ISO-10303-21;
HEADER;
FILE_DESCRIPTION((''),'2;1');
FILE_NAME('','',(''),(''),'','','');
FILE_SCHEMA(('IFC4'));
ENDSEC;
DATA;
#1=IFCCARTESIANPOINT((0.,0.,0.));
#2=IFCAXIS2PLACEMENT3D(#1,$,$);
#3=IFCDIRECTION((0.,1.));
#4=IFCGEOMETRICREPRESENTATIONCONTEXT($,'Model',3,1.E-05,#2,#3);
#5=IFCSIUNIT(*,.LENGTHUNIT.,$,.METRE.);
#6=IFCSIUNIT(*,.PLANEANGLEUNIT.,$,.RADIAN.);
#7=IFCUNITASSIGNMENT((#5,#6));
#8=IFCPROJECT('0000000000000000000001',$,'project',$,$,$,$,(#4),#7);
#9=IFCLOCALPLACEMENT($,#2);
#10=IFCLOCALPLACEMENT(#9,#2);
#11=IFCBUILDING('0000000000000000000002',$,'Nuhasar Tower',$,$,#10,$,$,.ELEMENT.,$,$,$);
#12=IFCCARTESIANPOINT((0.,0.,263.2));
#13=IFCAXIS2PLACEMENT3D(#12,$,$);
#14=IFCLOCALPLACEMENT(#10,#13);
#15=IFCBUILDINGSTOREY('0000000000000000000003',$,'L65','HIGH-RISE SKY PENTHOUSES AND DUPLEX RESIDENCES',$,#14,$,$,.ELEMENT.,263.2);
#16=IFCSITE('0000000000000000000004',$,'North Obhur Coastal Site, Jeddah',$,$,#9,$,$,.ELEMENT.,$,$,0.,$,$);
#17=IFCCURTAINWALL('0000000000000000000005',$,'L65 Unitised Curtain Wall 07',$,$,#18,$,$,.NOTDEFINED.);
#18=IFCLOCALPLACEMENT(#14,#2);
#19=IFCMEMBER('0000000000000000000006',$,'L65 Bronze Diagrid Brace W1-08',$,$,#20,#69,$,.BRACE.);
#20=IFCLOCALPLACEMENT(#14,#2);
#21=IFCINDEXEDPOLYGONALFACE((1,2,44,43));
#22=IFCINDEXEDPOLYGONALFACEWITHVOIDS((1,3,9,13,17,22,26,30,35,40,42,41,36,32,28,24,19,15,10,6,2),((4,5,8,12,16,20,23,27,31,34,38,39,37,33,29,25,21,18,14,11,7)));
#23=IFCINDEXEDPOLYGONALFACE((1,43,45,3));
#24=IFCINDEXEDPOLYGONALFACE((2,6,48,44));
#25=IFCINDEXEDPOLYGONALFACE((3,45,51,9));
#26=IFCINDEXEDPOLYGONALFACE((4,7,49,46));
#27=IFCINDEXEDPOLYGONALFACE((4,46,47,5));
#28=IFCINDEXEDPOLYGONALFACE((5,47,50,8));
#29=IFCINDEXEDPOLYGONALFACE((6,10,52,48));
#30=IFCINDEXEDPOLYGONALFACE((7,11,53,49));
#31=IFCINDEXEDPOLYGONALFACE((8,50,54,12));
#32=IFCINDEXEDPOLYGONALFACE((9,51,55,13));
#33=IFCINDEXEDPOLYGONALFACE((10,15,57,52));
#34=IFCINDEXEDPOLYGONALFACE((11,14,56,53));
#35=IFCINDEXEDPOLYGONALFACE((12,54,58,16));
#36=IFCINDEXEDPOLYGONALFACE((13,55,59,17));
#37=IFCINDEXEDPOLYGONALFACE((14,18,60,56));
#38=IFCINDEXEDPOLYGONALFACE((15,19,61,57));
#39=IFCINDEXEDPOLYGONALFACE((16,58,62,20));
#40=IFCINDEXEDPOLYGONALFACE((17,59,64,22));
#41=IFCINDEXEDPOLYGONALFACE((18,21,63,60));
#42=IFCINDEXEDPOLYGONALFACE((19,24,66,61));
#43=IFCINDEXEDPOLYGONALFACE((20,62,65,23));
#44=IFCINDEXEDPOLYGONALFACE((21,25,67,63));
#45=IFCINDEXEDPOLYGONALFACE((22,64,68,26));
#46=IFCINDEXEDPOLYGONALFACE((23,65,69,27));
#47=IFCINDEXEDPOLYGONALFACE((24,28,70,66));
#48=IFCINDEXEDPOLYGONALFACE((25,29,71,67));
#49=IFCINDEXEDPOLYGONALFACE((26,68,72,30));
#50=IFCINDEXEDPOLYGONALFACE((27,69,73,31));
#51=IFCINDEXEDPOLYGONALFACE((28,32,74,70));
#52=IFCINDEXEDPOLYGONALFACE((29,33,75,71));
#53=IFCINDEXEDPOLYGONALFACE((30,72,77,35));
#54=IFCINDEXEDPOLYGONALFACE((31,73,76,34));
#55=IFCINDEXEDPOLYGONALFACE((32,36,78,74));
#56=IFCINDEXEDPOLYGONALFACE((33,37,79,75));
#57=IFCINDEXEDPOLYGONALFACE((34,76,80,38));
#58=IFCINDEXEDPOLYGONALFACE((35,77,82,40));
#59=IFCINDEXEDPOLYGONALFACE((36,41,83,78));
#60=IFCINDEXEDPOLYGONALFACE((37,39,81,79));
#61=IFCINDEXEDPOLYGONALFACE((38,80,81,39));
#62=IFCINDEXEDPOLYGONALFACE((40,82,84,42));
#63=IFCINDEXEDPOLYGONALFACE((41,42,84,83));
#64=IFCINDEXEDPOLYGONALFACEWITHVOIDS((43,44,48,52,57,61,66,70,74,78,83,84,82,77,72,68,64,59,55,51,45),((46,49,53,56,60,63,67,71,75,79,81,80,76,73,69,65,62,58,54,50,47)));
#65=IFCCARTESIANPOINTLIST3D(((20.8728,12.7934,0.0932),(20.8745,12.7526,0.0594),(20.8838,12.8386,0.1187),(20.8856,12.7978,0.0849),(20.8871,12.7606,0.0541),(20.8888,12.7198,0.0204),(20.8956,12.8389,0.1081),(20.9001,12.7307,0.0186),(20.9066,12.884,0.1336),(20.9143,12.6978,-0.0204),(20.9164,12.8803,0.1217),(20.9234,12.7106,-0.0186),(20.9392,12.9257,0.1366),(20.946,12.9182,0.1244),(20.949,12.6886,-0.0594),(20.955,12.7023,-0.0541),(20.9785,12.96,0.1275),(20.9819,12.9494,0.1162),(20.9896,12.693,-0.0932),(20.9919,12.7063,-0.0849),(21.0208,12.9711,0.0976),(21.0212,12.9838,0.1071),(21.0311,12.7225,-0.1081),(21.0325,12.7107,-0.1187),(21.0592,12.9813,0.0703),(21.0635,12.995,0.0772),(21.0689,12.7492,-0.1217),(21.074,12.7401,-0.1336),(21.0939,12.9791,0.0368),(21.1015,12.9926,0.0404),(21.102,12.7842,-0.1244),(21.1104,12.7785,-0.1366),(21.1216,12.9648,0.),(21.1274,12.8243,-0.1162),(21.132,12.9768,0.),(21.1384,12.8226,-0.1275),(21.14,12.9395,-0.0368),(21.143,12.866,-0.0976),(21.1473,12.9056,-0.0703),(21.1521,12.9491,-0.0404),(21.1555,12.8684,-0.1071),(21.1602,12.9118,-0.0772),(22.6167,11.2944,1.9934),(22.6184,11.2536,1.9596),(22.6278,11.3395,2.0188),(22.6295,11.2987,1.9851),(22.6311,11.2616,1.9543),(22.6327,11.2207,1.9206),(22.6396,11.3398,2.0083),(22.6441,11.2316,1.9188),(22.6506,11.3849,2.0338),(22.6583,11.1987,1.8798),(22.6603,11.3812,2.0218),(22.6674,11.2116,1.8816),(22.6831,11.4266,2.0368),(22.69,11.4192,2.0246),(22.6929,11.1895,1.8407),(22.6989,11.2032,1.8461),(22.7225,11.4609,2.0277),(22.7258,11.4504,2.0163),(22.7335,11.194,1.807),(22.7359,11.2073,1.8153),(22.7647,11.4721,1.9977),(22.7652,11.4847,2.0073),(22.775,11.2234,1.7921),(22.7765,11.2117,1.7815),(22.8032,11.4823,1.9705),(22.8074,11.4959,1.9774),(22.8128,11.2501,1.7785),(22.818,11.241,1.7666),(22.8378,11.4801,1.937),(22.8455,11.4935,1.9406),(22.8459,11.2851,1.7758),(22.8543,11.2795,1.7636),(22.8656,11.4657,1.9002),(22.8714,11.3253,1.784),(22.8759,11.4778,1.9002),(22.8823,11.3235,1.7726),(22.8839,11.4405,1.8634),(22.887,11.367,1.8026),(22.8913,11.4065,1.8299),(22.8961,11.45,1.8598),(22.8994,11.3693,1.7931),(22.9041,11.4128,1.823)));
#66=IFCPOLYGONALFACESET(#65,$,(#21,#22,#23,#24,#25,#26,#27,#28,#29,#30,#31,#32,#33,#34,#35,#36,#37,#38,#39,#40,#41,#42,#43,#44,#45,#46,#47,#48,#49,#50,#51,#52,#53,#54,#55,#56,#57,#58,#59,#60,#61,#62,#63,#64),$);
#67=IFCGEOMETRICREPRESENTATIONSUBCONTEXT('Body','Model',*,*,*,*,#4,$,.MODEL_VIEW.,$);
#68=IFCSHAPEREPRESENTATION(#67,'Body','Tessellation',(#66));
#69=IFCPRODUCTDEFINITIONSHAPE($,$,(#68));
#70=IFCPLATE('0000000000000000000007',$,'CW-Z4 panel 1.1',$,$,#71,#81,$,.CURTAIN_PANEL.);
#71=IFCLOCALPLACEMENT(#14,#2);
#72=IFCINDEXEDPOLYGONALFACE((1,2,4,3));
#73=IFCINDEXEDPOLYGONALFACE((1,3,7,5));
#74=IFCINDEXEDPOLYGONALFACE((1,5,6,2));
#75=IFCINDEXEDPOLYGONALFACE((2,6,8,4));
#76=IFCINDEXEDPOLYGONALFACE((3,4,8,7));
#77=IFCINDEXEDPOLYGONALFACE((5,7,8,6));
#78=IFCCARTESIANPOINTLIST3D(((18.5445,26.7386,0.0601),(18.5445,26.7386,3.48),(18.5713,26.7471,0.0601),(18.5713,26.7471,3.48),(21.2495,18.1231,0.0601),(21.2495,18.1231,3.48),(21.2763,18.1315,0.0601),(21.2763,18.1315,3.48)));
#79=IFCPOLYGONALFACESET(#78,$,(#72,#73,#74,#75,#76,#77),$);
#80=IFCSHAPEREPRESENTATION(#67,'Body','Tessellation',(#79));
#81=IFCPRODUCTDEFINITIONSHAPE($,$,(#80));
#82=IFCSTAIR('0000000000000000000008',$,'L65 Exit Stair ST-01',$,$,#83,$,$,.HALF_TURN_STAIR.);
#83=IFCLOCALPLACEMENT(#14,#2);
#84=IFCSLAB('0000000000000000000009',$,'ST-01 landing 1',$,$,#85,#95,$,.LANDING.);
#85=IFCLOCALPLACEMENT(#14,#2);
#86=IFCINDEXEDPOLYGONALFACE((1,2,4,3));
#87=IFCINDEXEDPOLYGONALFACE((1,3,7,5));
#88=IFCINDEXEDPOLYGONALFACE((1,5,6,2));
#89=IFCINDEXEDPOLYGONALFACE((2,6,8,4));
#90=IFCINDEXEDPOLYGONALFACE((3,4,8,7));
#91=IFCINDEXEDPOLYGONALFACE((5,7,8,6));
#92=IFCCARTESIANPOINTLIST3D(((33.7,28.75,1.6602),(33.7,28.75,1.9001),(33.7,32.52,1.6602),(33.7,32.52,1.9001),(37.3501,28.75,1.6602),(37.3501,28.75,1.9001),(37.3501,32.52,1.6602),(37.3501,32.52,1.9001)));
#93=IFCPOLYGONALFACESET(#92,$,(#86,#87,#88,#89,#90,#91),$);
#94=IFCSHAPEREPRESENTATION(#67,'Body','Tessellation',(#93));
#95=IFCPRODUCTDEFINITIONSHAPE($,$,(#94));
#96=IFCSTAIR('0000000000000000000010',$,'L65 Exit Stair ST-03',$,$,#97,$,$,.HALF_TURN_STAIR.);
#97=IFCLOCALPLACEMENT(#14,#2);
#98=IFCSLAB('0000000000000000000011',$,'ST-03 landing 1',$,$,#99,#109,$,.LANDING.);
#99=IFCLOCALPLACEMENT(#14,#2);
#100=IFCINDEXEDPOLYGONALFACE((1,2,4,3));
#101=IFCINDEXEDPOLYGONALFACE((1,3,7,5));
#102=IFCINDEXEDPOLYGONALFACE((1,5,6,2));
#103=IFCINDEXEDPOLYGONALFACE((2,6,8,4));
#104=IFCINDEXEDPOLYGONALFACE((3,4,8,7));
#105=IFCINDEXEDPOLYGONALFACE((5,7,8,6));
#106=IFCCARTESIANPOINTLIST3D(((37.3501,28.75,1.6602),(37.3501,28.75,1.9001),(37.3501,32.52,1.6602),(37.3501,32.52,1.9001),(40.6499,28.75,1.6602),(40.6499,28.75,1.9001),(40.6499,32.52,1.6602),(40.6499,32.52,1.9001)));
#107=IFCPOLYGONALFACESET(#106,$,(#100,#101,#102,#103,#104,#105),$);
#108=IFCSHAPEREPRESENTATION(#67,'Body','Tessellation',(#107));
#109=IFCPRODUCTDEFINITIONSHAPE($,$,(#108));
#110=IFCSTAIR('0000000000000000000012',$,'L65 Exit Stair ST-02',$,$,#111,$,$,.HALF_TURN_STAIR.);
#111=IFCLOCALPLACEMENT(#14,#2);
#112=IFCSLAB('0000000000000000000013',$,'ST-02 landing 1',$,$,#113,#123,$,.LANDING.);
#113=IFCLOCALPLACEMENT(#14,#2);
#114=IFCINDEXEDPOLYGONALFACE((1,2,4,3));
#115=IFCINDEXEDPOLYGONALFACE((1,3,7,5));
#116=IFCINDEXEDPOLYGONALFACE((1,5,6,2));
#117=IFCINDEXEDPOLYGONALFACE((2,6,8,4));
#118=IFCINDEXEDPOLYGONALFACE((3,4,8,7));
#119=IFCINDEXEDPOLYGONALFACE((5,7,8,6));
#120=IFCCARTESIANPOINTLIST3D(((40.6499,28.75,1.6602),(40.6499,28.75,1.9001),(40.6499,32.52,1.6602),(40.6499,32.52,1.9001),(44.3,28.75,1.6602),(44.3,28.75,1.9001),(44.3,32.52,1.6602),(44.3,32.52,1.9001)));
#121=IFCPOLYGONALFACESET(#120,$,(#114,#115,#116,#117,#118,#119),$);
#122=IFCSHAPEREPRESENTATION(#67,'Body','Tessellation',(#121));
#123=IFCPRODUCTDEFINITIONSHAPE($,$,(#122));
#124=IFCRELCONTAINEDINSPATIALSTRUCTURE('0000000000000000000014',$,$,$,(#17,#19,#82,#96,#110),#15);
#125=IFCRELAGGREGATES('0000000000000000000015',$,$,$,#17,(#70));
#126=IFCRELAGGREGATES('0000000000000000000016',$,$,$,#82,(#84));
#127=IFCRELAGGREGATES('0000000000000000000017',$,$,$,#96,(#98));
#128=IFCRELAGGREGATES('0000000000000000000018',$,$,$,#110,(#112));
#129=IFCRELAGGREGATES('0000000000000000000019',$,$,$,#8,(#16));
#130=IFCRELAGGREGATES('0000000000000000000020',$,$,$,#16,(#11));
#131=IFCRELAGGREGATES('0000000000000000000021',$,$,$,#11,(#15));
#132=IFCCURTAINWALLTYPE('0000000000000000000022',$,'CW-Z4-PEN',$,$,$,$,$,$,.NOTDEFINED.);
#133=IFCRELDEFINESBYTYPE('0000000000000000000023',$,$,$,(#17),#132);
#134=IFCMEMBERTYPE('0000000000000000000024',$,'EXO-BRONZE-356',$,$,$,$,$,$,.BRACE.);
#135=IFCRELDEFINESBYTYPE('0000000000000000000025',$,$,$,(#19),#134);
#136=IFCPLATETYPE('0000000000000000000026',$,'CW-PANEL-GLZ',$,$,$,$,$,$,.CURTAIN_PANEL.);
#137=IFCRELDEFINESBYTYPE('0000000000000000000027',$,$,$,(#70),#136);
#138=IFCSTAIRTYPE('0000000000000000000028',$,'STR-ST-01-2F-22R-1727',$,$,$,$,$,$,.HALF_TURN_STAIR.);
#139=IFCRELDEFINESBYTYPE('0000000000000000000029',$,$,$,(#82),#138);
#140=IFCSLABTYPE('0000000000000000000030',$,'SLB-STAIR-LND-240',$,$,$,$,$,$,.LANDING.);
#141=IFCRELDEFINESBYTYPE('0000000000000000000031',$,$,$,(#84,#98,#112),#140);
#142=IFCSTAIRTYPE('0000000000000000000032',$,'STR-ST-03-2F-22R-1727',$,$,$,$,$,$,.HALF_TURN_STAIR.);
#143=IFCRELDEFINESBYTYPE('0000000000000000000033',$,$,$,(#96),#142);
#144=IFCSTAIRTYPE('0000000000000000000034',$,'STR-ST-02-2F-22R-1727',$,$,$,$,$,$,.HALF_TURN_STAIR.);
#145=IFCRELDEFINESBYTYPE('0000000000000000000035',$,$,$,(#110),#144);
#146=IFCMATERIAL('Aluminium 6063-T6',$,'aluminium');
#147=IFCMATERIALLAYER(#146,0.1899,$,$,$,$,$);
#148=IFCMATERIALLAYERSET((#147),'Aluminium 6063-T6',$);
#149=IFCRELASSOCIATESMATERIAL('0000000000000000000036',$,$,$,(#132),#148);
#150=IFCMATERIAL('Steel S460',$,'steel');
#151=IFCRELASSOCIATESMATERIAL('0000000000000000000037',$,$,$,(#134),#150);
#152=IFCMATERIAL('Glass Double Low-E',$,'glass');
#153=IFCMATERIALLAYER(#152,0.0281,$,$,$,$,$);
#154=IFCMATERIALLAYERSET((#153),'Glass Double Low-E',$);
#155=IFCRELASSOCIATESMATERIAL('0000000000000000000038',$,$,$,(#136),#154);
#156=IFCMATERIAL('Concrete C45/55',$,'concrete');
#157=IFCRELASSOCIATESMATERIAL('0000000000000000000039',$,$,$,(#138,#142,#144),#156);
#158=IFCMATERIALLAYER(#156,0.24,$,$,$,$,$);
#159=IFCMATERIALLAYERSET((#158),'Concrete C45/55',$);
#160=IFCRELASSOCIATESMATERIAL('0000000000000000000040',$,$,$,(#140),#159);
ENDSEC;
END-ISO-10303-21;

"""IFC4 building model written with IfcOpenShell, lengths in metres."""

from ifc_helpers import new_model, si_unit, direction, frame, origin, origin_2d, place, context, subcontext, project, spatial, polyline, rectangle, hollow_circle, outline, extrude, material, layer, layer_set, material_profile, profile_set, type_object, element, aggregate, save


model = new_model("IFC4")

# Units and contexts
model_context = context("Model", 3, precision=1e-05, world=origin(), true_north=direction((0.0, 1.0)))
body_context = subcontext(model_context, "Body", "Model", "MODEL_VIEW")
ifc_project = project(units=[si_unit("LENGTHUNIT", "METRE"), si_unit("PLANEANGLEUNIT", "RADIAN")], contexts=[model_context])

# Site, building, storey
site_placement = place(None, origin())
site = spatial("IfcSite", under=ifc_project, at=site_placement, Name="North Obhur Coastal Site, Jeddah", CompositionType="ELEMENT", RefElevation=0.0)
building_placement = place(site_placement, origin())
building = spatial("IfcBuilding", under=site, at=building_placement, Name="Nuhasar Tower", CompositionType="ELEMENT")
storey_placement = place(building_placement, frame((0.0, 0.0, 263.2)))
storey = spatial("IfcBuildingStorey", under=building, at=storey_placement, Name="L65", Description="HIGH-RISE SKY PENTHOUSES AND DUPLEX RESIDENCES", CompositionType="ELEMENT", Elevation=263.2)

# Curtain wall
ifc_material_1 = material(Name="Aluminium 6063-T6", Category="aluminium")
ifc_layer_1 = layer(ifc_material_1, 0.1899)
ifc_layer_set_1 = layer_set([ifc_layer_1], Name="Aluminium 6063-T6")
curtain_wall_type = type_object("IfcCurtainWallType", Name="CW-Z4-PEN", PredefinedType="NOTDEFINED", material=ifc_layer_set_1)
curtain_wall_1_placement = place(storey_placement, origin())
curtain_wall_1 = element("IfcCurtainWall", 1, at=curtain_wall_1_placement, inside=storey, type_object=curtain_wall_type, Name="L65 Unitised Curtain Wall 07", PredefinedType="NOTDEFINED")

# Member
ifc_material_2 = material(Name="Steel S460", Category="steel")
ifc_material_profile_1 = material_profile(ifc_material_2, hollow_circle(Radius=0.1777, WallThickness=0.0159, at=origin_2d()), Name="HSS355.6X15.9")
ifc_profile_set_1 = profile_set([ifc_material_profile_1], Name="Steel S460")
member_type_1 = type_object("IfcMemberType", Name="EXO-BRONZE-356", PredefinedType="BRACE", material=ifc_profile_set_1)
member_1_placement = place(storey_placement, frame((21.0161, 12.842, 0.0), z_axis=(0.584595, -0.502508, 0.636973), x_axis=(0.651857, 0.758342, 0.0)))
element("IfcMember", 2, at=member_1_placement, inside=storey, type_object=member_type_1, Name="L65 Bronze Diagrid Brace W1-08", PredefinedType="BRACE", context=body_context, shape_type="SweptSolid", body=[
    extrude(hollow_circle(Radius=0.1777, WallThickness=0.0159, at=origin_2d()), origin(), (0.0, 0.0, 1.0), 2.9832),
])

# Plate
ifc_material_3 = material(Name="Glass Double Low-E", Category="glass")
ifc_layer_2 = layer(ifc_material_3, 0.0281)
ifc_layer_set_2 = layer_set([ifc_layer_2], Name="Glass Double Low-E")
plate_type = type_object("IfcPlateType", Name="CW-PANEL-GLZ", PredefinedType="CURTAIN_PANEL", material=ifc_layer_set_2)
plate_placement = place(storey_placement, frame((19.9104, 22.4351, 0.0601), z_axis=(0.0, 0.0, 1.0), x_axis=(0.299557, -0.954079, 0.0)))
plate = element("IfcPlate", 3, at=plate_placement, type_object=plate_type, Name="CW-Z4 panel 1.1", PredefinedType="CURTAIN_PANEL", context=body_context, shape_type="SweptSolid", body=[
    extrude(rectangle(XDim=9.0303, YDim=0.0281, at=origin_2d()), origin(), (0.0, 0.0, 1.0), 3.4199),
])
aggregate(curtain_wall_1, [plate])

# Stairs, slabs
ifc_material_4 = material(Name="Concrete C45/55", Category="concrete")
stair_type_1 = type_object("IfcStairType", Name="STR-ST-01-2F-22R-1727", PredefinedType="HALF_TURN_STAIR", material=ifc_material_4)
stair_1_placement = place(storey_placement, origin())
stair_1 = element("IfcStair", 4, at=stair_1_placement, inside=storey, type_object=stair_type_1, Name="L65 Exit Stair ST-01", PredefinedType="HALF_TURN_STAIR")
ifc_layer_3 = layer(ifc_material_4, 0.24)
ifc_layer_set_3 = layer_set([ifc_layer_3], Name="Concrete C45/55")
slab_type_1 = type_object("IfcSlabType", Name="SLB-STAIR-LND-240", PredefinedType="LANDING", material=ifc_layer_set_3)
slab_1_placement = place(storey_placement, frame((0.0, 0.0, 1.6602)))
slab_1 = element("IfcSlab", 5, at=slab_1_placement, type_object=slab_type_1, Name="ST-01 landing 1", PredefinedType="LANDING", context=body_context, shape_type="SweptSolid", body=[
    extrude(outline(polyline([(33.7, 28.75), (37.3501, 28.75), (37.3501, 32.52), (33.7, 32.52), (33.7, 28.75)])), origin(), (0.0, 0.0, 1.0), 0.24),
])
aggregate(stair_1, [slab_1])
stair_type_2 = type_object("IfcStairType", Name="STR-ST-03-2F-22R-1727", PredefinedType="HALF_TURN_STAIR", material=ifc_material_4)
stair_2_placement = place(storey_placement, origin())
stair_2 = element("IfcStair", 6, at=stair_2_placement, inside=storey, type_object=stair_type_2, Name="L65 Exit Stair ST-03", PredefinedType="HALF_TURN_STAIR")
slab_2_placement = place(storey_placement, frame((0.0, 0.0, 1.6602)))
slab_2 = element("IfcSlab", 7, at=slab_2_placement, type_object=slab_type_1, Name="ST-03 landing 1", PredefinedType="LANDING", context=body_context, shape_type="SweptSolid", body=[
    extrude(outline(polyline([(37.3501, 28.75), (40.6499, 28.75), (40.6499, 32.52), (37.3501, 32.52), (37.3501, 28.75)])), origin(), (0.0, 0.0, 1.0), 0.24),
])
aggregate(stair_2, [slab_2])
stair_type_3 = type_object("IfcStairType", Name="STR-ST-02-2F-22R-1727", PredefinedType="HALF_TURN_STAIR", material=ifc_material_4)
stair_3_placement = place(storey_placement, origin())
stair_3 = element("IfcStair", 8, at=stair_3_placement, inside=storey, type_object=stair_type_3, Name="L65 Exit Stair ST-02", PredefinedType="HALF_TURN_STAIR")
slab_3_placement = place(storey_placement, frame((0.0, 0.0, 1.6602)))
slab_3 = element("IfcSlab", 9, at=slab_3_placement, type_object=slab_type_1, Name="ST-02 landing 1", PredefinedType="LANDING", context=body_context, shape_type="SweptSolid", body=[
    extrude(outline(polyline([(40.6499, 28.75), (44.3, 28.75), (44.3, 32.52), (40.6499, 32.52), (40.6499, 28.75)])), origin(), (0.0, 0.0, 1.0), 0.24),
])
aggregate(stair_3, [slab_3])

save(model, "model.ifc")
